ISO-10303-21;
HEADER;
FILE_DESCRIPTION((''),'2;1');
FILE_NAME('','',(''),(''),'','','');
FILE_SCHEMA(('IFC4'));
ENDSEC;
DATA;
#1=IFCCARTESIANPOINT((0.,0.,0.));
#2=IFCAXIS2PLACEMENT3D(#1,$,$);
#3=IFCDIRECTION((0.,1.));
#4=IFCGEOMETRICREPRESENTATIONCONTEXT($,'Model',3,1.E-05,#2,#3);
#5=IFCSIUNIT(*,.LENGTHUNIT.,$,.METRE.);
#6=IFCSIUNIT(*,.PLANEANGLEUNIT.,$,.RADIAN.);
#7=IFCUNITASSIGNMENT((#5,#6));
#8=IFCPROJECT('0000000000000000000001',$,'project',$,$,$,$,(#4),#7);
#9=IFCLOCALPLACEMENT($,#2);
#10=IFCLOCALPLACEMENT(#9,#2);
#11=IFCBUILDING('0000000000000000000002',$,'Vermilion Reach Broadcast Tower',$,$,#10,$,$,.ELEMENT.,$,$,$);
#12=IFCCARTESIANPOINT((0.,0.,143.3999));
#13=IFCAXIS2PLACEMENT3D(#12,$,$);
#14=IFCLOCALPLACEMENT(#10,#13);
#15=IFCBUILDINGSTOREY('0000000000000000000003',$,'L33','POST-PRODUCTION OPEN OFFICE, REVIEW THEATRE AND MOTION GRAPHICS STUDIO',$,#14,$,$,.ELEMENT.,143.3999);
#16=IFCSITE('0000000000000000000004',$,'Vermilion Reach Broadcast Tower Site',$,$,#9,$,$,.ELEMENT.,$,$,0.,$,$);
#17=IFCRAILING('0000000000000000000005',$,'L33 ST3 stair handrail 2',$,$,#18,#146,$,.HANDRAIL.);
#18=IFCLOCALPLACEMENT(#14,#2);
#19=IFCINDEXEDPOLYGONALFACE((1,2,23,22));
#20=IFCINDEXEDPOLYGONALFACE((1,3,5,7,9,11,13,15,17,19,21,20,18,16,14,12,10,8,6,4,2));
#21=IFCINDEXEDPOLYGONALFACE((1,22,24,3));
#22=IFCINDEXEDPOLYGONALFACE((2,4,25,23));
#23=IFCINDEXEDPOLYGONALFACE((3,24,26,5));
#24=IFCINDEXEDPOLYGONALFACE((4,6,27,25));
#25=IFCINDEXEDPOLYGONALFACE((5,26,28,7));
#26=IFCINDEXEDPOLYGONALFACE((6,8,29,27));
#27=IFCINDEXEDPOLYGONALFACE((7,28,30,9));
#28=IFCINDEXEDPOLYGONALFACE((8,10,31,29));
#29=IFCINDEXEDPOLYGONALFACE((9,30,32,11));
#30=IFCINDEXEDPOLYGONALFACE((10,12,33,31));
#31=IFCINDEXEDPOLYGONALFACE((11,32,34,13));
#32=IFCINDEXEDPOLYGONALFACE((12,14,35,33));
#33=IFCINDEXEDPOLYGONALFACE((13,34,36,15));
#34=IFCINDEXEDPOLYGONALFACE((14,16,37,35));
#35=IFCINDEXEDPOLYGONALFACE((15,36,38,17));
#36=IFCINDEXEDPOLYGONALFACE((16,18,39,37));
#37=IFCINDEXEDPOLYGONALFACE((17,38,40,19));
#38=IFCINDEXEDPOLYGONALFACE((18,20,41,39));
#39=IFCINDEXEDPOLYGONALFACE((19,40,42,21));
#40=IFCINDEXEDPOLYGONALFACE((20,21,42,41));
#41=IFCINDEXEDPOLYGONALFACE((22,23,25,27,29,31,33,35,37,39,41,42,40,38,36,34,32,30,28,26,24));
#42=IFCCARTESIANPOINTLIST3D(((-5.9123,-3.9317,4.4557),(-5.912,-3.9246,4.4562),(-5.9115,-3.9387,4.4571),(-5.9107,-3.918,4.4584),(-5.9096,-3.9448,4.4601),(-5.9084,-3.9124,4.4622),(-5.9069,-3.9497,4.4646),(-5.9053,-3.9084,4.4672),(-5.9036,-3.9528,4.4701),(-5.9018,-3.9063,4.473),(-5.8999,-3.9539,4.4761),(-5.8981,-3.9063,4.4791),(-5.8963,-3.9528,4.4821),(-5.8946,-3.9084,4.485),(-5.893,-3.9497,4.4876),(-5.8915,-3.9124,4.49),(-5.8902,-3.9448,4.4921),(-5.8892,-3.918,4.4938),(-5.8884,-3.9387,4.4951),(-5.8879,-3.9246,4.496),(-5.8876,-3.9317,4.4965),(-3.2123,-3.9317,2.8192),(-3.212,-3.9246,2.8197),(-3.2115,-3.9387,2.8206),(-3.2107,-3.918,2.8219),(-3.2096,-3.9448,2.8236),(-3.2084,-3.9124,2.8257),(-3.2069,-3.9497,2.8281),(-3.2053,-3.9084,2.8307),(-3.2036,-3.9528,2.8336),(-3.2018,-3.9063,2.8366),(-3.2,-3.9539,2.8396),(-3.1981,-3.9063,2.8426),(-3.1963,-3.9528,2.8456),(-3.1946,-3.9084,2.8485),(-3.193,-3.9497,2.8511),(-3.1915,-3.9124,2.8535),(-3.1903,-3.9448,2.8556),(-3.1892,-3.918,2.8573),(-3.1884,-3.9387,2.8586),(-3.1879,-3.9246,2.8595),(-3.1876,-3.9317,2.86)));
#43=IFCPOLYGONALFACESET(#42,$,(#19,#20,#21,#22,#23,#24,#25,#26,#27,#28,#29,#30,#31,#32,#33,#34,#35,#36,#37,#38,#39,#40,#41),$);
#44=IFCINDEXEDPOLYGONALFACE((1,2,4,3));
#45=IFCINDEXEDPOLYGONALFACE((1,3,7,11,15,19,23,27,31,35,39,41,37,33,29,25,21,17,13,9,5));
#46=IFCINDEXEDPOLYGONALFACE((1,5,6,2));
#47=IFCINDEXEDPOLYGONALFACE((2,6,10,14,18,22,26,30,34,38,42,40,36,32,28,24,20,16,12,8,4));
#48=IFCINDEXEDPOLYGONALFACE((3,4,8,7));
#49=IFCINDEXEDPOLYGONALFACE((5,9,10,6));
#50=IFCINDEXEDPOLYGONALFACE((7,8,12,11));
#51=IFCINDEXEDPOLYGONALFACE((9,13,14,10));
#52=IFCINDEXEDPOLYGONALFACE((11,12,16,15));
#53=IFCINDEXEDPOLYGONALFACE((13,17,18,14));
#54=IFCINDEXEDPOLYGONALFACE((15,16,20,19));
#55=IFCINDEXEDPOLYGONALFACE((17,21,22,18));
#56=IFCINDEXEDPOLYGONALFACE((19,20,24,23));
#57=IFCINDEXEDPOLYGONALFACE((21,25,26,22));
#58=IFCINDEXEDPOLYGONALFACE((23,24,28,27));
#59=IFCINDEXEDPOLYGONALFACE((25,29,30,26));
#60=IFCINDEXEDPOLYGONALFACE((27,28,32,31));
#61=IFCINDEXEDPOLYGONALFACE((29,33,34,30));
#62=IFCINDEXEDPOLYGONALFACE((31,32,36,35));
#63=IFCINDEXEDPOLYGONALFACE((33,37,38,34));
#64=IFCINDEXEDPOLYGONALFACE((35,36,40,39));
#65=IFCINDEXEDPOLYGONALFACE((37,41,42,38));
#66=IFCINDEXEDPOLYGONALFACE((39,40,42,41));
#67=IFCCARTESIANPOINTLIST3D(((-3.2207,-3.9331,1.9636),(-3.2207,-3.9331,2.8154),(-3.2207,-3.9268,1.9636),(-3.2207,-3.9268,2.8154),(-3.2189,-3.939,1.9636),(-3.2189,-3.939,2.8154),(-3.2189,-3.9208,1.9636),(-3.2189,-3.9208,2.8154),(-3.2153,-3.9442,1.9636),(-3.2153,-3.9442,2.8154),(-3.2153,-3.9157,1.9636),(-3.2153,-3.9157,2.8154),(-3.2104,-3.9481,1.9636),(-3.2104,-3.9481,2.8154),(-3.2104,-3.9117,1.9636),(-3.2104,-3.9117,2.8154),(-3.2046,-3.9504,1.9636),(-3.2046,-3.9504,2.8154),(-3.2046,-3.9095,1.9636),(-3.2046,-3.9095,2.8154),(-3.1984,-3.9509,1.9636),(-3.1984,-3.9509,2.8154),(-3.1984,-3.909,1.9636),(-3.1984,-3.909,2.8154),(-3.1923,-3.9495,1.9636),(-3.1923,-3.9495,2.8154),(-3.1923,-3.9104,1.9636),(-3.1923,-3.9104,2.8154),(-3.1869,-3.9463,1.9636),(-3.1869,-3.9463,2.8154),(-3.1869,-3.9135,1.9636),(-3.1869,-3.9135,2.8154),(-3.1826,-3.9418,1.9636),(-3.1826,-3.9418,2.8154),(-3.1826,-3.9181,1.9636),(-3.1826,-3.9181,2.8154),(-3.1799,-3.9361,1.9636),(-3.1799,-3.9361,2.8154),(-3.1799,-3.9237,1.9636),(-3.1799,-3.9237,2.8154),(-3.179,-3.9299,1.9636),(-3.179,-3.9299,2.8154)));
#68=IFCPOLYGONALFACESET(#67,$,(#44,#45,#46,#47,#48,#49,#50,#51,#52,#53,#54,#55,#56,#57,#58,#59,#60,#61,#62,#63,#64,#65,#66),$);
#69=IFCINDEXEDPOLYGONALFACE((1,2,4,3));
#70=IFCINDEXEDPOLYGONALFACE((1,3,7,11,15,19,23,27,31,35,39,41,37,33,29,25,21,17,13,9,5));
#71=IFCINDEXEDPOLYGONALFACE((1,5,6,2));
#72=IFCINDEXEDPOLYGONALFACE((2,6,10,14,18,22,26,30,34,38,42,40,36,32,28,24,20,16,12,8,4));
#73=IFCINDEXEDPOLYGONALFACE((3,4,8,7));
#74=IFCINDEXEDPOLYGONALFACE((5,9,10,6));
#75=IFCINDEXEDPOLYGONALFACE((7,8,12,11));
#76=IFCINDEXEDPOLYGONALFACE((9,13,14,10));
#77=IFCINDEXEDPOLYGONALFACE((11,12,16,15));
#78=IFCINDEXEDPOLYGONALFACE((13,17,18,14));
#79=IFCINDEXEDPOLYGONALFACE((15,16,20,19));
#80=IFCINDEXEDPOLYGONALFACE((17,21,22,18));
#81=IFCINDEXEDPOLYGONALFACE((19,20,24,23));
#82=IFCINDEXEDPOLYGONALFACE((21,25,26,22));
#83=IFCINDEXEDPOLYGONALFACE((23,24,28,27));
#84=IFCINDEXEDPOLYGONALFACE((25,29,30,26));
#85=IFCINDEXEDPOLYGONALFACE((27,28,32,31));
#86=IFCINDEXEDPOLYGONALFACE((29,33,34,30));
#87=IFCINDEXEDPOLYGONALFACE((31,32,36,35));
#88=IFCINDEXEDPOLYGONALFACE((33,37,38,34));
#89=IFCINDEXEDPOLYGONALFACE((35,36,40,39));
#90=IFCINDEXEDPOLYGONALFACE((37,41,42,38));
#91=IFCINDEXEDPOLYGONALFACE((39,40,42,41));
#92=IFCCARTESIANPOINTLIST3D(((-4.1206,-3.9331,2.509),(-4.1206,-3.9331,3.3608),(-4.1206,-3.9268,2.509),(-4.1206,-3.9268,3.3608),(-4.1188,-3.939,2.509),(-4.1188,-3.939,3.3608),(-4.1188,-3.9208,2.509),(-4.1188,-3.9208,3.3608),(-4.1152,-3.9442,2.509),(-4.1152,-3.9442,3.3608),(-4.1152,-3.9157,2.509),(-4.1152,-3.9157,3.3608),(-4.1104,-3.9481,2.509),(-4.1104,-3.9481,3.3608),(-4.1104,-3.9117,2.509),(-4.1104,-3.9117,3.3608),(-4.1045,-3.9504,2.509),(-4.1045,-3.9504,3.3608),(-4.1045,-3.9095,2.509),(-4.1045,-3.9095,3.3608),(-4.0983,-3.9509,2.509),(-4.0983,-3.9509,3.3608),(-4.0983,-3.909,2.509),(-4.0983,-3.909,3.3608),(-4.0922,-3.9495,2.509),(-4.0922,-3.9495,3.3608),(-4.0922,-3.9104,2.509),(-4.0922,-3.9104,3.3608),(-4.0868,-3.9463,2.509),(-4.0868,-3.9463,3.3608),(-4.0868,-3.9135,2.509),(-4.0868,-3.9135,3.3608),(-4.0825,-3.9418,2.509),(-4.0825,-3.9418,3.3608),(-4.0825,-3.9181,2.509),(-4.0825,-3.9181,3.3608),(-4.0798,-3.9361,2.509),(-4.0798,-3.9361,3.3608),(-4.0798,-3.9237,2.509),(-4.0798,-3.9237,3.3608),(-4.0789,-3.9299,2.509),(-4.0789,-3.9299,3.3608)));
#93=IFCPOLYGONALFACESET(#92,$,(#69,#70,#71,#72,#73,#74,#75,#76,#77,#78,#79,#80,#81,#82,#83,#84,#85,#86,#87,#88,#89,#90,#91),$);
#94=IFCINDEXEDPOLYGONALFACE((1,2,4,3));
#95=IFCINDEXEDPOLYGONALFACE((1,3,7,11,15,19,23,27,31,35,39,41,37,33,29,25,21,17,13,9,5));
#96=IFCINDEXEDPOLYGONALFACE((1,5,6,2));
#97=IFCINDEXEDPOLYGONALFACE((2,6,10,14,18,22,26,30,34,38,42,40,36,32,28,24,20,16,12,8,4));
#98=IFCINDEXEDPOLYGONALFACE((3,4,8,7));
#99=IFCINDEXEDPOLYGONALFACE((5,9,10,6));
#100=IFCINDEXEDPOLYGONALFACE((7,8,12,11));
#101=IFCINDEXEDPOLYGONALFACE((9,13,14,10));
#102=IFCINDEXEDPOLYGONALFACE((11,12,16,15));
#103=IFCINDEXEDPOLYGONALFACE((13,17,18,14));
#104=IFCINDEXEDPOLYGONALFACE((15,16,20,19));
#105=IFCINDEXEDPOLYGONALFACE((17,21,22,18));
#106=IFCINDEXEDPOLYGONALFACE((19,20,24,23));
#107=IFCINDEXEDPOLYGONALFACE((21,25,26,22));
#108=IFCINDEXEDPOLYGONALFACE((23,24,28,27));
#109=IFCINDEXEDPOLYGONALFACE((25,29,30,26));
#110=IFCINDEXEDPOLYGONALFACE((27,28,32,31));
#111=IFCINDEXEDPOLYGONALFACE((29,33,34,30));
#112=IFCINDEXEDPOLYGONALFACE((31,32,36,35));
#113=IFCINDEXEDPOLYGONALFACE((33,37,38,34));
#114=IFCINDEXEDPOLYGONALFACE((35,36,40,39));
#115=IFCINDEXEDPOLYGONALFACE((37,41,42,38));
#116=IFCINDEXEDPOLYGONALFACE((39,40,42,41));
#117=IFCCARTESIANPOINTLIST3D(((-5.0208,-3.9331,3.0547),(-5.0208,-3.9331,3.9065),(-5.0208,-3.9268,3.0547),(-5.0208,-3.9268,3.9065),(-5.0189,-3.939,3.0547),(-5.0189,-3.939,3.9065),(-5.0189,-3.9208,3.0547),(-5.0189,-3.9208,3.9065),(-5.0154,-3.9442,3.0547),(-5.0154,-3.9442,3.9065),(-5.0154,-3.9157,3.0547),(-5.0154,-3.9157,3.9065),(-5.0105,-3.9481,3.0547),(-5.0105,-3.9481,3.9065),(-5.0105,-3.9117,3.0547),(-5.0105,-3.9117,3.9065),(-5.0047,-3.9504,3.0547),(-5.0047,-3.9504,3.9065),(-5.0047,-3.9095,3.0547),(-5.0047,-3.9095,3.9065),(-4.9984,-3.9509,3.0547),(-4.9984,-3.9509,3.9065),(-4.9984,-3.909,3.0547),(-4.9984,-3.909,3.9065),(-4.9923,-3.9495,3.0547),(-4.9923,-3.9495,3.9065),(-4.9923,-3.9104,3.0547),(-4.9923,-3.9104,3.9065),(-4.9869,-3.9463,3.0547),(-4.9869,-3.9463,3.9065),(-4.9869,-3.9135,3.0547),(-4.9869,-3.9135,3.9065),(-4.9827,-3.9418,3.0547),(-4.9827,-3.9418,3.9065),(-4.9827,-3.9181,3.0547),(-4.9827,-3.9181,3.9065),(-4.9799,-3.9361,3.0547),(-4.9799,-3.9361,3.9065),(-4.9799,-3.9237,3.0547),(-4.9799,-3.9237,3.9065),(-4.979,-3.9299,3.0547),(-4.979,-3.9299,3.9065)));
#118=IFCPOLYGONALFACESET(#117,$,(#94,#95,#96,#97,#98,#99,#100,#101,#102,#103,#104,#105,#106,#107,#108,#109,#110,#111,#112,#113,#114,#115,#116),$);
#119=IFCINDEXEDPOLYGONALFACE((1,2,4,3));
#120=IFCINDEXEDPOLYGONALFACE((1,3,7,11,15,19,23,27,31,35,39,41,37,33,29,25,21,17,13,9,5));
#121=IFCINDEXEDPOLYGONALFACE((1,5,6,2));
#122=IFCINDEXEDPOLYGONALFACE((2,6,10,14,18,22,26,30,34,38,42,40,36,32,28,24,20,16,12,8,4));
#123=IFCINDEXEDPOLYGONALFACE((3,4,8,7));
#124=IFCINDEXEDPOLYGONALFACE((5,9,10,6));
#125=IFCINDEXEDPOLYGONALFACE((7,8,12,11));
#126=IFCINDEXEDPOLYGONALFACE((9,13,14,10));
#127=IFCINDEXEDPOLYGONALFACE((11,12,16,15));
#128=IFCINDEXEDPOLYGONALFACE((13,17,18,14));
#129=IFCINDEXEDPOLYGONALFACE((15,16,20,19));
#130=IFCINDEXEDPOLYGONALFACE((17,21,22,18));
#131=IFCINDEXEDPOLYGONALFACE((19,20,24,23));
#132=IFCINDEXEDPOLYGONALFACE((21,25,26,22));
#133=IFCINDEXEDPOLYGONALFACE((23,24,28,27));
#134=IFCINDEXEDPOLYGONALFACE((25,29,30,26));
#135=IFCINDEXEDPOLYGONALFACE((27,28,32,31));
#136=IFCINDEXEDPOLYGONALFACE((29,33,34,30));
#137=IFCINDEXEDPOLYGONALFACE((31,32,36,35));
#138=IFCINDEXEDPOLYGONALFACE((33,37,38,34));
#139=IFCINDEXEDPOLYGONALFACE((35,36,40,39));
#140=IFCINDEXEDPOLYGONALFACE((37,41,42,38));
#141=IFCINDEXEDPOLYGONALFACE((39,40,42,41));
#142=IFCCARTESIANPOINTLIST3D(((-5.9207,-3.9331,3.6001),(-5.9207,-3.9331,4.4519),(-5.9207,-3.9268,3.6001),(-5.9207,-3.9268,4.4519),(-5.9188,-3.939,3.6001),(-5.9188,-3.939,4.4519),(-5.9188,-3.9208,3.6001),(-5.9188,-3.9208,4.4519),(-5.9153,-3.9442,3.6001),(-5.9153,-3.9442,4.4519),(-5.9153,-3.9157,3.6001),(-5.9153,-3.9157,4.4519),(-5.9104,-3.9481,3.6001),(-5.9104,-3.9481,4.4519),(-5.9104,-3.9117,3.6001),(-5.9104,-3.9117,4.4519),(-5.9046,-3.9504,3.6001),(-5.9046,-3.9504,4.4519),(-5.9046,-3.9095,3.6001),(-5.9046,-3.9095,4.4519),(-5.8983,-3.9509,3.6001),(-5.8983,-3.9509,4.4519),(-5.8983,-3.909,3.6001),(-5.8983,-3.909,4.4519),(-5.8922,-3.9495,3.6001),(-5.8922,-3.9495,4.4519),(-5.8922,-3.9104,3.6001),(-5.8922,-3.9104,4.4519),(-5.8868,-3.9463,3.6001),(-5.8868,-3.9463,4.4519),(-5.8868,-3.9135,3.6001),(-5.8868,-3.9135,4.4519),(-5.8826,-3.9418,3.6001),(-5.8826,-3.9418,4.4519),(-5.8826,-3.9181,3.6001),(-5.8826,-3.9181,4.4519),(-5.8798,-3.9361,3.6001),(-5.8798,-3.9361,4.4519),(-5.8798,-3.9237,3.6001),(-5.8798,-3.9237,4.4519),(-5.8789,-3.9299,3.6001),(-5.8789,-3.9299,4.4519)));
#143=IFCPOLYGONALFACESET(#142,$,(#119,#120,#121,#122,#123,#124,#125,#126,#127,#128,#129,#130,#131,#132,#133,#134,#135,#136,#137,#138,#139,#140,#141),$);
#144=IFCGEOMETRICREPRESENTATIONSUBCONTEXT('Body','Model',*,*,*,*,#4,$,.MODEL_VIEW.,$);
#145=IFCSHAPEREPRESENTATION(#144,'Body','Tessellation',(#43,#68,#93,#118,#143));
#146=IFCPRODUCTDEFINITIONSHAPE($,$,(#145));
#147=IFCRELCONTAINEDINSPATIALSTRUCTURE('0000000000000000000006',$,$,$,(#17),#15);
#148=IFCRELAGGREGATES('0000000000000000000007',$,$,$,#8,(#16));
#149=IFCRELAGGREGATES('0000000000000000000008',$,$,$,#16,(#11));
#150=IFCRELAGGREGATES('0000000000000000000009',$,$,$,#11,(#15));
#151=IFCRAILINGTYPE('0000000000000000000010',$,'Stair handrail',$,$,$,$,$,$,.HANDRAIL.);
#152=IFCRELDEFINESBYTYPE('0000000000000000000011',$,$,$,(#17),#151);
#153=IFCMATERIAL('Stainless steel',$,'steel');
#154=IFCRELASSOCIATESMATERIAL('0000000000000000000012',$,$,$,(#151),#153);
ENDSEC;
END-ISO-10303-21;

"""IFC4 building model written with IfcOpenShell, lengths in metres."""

from ifc_helpers import new_model, si_unit, direction, frame, origin, origin_2d, place, context, subcontext, project, spatial, circle, extrude, material, type_object, element, save


model = new_model("IFC4")

# Units and contexts
model_context = context("Model", 3, precision=1e-05, world=origin(), true_north=direction((0.0, 1.0)))
body_context = subcontext(model_context, "Body", "Model", "MODEL_VIEW")
ifc_project = project(units=[si_unit("LENGTHUNIT", "METRE"), si_unit("PLANEANGLEUNIT", "RADIAN")], contexts=[model_context])

# Site, building, storey
site_placement = place(None, origin())
site = spatial("IfcSite", under=ifc_project, at=site_placement, Name="Vermilion Reach Broadcast Tower Site", CompositionType="ELEMENT", RefElevation=0.0)
building_placement = place(site_placement, origin())
building = spatial("IfcBuilding", under=site, at=building_placement, Name="Vermilion Reach Broadcast Tower", CompositionType="ELEMENT")
storey_placement = place(building_placement, frame((0.0, 0.0, 143.3999)))
storey = spatial("IfcBuildingStorey", under=building, at=storey_placement, Name="L33", Description="POST-PRODUCTION OPEN OFFICE, REVIEW THEATRE AND MOTION GRAPHICS STUDIO", CompositionType="ELEMENT", Elevation=143.3999)

# Railing
ifc_material_1 = material(Name="Stainless steel", Category="steel")
railing_type_1 = type_object("IfcRailingType", Name="Stair handrail", PredefinedType="HANDRAIL", material=ifc_material_1)
railing_1_placement = place(storey_placement, frame((-3.2, -3.9299, 1.9636)))
element("IfcRailing", 1, at=railing_1_placement, inside=storey, type_object=railing_type_1, Name="L33 ST3 stair handrail 2", PredefinedType="HANDRAIL", context=body_context, shape_type="SweptSolid", body=[
    extrude(circle(Radius=0.0239, at=origin_2d()), frame((0.0, 0.0, 0.876), z_axis=(-0.855178, 0.0, 0.518334), x_axis=(0.0, -1.0, 0.0)), (0.0, 0.0, 1.0), 3.1572),
    extrude(circle(Radius=0.021, at=origin_2d()), origin(), (0.0, 0.0, 1.0), 0.8518),
    extrude(circle(Radius=0.021, at=origin_2d()), frame((-0.8999, 0.0, 0.5454)), (0.0, 0.0, 1.0), 0.8518),
    extrude(circle(Radius=0.021, at=origin_2d()), frame((-1.8, 0.0, 1.0911)), (0.0, 0.0, 1.0), 0.8518),
    extrude(circle(Radius=0.021, at=origin_2d()), frame((-2.7, 0.0, 1.6365)), (0.0, 0.0, 1.0), 0.8518),
])

save(model, "model.ifc")
